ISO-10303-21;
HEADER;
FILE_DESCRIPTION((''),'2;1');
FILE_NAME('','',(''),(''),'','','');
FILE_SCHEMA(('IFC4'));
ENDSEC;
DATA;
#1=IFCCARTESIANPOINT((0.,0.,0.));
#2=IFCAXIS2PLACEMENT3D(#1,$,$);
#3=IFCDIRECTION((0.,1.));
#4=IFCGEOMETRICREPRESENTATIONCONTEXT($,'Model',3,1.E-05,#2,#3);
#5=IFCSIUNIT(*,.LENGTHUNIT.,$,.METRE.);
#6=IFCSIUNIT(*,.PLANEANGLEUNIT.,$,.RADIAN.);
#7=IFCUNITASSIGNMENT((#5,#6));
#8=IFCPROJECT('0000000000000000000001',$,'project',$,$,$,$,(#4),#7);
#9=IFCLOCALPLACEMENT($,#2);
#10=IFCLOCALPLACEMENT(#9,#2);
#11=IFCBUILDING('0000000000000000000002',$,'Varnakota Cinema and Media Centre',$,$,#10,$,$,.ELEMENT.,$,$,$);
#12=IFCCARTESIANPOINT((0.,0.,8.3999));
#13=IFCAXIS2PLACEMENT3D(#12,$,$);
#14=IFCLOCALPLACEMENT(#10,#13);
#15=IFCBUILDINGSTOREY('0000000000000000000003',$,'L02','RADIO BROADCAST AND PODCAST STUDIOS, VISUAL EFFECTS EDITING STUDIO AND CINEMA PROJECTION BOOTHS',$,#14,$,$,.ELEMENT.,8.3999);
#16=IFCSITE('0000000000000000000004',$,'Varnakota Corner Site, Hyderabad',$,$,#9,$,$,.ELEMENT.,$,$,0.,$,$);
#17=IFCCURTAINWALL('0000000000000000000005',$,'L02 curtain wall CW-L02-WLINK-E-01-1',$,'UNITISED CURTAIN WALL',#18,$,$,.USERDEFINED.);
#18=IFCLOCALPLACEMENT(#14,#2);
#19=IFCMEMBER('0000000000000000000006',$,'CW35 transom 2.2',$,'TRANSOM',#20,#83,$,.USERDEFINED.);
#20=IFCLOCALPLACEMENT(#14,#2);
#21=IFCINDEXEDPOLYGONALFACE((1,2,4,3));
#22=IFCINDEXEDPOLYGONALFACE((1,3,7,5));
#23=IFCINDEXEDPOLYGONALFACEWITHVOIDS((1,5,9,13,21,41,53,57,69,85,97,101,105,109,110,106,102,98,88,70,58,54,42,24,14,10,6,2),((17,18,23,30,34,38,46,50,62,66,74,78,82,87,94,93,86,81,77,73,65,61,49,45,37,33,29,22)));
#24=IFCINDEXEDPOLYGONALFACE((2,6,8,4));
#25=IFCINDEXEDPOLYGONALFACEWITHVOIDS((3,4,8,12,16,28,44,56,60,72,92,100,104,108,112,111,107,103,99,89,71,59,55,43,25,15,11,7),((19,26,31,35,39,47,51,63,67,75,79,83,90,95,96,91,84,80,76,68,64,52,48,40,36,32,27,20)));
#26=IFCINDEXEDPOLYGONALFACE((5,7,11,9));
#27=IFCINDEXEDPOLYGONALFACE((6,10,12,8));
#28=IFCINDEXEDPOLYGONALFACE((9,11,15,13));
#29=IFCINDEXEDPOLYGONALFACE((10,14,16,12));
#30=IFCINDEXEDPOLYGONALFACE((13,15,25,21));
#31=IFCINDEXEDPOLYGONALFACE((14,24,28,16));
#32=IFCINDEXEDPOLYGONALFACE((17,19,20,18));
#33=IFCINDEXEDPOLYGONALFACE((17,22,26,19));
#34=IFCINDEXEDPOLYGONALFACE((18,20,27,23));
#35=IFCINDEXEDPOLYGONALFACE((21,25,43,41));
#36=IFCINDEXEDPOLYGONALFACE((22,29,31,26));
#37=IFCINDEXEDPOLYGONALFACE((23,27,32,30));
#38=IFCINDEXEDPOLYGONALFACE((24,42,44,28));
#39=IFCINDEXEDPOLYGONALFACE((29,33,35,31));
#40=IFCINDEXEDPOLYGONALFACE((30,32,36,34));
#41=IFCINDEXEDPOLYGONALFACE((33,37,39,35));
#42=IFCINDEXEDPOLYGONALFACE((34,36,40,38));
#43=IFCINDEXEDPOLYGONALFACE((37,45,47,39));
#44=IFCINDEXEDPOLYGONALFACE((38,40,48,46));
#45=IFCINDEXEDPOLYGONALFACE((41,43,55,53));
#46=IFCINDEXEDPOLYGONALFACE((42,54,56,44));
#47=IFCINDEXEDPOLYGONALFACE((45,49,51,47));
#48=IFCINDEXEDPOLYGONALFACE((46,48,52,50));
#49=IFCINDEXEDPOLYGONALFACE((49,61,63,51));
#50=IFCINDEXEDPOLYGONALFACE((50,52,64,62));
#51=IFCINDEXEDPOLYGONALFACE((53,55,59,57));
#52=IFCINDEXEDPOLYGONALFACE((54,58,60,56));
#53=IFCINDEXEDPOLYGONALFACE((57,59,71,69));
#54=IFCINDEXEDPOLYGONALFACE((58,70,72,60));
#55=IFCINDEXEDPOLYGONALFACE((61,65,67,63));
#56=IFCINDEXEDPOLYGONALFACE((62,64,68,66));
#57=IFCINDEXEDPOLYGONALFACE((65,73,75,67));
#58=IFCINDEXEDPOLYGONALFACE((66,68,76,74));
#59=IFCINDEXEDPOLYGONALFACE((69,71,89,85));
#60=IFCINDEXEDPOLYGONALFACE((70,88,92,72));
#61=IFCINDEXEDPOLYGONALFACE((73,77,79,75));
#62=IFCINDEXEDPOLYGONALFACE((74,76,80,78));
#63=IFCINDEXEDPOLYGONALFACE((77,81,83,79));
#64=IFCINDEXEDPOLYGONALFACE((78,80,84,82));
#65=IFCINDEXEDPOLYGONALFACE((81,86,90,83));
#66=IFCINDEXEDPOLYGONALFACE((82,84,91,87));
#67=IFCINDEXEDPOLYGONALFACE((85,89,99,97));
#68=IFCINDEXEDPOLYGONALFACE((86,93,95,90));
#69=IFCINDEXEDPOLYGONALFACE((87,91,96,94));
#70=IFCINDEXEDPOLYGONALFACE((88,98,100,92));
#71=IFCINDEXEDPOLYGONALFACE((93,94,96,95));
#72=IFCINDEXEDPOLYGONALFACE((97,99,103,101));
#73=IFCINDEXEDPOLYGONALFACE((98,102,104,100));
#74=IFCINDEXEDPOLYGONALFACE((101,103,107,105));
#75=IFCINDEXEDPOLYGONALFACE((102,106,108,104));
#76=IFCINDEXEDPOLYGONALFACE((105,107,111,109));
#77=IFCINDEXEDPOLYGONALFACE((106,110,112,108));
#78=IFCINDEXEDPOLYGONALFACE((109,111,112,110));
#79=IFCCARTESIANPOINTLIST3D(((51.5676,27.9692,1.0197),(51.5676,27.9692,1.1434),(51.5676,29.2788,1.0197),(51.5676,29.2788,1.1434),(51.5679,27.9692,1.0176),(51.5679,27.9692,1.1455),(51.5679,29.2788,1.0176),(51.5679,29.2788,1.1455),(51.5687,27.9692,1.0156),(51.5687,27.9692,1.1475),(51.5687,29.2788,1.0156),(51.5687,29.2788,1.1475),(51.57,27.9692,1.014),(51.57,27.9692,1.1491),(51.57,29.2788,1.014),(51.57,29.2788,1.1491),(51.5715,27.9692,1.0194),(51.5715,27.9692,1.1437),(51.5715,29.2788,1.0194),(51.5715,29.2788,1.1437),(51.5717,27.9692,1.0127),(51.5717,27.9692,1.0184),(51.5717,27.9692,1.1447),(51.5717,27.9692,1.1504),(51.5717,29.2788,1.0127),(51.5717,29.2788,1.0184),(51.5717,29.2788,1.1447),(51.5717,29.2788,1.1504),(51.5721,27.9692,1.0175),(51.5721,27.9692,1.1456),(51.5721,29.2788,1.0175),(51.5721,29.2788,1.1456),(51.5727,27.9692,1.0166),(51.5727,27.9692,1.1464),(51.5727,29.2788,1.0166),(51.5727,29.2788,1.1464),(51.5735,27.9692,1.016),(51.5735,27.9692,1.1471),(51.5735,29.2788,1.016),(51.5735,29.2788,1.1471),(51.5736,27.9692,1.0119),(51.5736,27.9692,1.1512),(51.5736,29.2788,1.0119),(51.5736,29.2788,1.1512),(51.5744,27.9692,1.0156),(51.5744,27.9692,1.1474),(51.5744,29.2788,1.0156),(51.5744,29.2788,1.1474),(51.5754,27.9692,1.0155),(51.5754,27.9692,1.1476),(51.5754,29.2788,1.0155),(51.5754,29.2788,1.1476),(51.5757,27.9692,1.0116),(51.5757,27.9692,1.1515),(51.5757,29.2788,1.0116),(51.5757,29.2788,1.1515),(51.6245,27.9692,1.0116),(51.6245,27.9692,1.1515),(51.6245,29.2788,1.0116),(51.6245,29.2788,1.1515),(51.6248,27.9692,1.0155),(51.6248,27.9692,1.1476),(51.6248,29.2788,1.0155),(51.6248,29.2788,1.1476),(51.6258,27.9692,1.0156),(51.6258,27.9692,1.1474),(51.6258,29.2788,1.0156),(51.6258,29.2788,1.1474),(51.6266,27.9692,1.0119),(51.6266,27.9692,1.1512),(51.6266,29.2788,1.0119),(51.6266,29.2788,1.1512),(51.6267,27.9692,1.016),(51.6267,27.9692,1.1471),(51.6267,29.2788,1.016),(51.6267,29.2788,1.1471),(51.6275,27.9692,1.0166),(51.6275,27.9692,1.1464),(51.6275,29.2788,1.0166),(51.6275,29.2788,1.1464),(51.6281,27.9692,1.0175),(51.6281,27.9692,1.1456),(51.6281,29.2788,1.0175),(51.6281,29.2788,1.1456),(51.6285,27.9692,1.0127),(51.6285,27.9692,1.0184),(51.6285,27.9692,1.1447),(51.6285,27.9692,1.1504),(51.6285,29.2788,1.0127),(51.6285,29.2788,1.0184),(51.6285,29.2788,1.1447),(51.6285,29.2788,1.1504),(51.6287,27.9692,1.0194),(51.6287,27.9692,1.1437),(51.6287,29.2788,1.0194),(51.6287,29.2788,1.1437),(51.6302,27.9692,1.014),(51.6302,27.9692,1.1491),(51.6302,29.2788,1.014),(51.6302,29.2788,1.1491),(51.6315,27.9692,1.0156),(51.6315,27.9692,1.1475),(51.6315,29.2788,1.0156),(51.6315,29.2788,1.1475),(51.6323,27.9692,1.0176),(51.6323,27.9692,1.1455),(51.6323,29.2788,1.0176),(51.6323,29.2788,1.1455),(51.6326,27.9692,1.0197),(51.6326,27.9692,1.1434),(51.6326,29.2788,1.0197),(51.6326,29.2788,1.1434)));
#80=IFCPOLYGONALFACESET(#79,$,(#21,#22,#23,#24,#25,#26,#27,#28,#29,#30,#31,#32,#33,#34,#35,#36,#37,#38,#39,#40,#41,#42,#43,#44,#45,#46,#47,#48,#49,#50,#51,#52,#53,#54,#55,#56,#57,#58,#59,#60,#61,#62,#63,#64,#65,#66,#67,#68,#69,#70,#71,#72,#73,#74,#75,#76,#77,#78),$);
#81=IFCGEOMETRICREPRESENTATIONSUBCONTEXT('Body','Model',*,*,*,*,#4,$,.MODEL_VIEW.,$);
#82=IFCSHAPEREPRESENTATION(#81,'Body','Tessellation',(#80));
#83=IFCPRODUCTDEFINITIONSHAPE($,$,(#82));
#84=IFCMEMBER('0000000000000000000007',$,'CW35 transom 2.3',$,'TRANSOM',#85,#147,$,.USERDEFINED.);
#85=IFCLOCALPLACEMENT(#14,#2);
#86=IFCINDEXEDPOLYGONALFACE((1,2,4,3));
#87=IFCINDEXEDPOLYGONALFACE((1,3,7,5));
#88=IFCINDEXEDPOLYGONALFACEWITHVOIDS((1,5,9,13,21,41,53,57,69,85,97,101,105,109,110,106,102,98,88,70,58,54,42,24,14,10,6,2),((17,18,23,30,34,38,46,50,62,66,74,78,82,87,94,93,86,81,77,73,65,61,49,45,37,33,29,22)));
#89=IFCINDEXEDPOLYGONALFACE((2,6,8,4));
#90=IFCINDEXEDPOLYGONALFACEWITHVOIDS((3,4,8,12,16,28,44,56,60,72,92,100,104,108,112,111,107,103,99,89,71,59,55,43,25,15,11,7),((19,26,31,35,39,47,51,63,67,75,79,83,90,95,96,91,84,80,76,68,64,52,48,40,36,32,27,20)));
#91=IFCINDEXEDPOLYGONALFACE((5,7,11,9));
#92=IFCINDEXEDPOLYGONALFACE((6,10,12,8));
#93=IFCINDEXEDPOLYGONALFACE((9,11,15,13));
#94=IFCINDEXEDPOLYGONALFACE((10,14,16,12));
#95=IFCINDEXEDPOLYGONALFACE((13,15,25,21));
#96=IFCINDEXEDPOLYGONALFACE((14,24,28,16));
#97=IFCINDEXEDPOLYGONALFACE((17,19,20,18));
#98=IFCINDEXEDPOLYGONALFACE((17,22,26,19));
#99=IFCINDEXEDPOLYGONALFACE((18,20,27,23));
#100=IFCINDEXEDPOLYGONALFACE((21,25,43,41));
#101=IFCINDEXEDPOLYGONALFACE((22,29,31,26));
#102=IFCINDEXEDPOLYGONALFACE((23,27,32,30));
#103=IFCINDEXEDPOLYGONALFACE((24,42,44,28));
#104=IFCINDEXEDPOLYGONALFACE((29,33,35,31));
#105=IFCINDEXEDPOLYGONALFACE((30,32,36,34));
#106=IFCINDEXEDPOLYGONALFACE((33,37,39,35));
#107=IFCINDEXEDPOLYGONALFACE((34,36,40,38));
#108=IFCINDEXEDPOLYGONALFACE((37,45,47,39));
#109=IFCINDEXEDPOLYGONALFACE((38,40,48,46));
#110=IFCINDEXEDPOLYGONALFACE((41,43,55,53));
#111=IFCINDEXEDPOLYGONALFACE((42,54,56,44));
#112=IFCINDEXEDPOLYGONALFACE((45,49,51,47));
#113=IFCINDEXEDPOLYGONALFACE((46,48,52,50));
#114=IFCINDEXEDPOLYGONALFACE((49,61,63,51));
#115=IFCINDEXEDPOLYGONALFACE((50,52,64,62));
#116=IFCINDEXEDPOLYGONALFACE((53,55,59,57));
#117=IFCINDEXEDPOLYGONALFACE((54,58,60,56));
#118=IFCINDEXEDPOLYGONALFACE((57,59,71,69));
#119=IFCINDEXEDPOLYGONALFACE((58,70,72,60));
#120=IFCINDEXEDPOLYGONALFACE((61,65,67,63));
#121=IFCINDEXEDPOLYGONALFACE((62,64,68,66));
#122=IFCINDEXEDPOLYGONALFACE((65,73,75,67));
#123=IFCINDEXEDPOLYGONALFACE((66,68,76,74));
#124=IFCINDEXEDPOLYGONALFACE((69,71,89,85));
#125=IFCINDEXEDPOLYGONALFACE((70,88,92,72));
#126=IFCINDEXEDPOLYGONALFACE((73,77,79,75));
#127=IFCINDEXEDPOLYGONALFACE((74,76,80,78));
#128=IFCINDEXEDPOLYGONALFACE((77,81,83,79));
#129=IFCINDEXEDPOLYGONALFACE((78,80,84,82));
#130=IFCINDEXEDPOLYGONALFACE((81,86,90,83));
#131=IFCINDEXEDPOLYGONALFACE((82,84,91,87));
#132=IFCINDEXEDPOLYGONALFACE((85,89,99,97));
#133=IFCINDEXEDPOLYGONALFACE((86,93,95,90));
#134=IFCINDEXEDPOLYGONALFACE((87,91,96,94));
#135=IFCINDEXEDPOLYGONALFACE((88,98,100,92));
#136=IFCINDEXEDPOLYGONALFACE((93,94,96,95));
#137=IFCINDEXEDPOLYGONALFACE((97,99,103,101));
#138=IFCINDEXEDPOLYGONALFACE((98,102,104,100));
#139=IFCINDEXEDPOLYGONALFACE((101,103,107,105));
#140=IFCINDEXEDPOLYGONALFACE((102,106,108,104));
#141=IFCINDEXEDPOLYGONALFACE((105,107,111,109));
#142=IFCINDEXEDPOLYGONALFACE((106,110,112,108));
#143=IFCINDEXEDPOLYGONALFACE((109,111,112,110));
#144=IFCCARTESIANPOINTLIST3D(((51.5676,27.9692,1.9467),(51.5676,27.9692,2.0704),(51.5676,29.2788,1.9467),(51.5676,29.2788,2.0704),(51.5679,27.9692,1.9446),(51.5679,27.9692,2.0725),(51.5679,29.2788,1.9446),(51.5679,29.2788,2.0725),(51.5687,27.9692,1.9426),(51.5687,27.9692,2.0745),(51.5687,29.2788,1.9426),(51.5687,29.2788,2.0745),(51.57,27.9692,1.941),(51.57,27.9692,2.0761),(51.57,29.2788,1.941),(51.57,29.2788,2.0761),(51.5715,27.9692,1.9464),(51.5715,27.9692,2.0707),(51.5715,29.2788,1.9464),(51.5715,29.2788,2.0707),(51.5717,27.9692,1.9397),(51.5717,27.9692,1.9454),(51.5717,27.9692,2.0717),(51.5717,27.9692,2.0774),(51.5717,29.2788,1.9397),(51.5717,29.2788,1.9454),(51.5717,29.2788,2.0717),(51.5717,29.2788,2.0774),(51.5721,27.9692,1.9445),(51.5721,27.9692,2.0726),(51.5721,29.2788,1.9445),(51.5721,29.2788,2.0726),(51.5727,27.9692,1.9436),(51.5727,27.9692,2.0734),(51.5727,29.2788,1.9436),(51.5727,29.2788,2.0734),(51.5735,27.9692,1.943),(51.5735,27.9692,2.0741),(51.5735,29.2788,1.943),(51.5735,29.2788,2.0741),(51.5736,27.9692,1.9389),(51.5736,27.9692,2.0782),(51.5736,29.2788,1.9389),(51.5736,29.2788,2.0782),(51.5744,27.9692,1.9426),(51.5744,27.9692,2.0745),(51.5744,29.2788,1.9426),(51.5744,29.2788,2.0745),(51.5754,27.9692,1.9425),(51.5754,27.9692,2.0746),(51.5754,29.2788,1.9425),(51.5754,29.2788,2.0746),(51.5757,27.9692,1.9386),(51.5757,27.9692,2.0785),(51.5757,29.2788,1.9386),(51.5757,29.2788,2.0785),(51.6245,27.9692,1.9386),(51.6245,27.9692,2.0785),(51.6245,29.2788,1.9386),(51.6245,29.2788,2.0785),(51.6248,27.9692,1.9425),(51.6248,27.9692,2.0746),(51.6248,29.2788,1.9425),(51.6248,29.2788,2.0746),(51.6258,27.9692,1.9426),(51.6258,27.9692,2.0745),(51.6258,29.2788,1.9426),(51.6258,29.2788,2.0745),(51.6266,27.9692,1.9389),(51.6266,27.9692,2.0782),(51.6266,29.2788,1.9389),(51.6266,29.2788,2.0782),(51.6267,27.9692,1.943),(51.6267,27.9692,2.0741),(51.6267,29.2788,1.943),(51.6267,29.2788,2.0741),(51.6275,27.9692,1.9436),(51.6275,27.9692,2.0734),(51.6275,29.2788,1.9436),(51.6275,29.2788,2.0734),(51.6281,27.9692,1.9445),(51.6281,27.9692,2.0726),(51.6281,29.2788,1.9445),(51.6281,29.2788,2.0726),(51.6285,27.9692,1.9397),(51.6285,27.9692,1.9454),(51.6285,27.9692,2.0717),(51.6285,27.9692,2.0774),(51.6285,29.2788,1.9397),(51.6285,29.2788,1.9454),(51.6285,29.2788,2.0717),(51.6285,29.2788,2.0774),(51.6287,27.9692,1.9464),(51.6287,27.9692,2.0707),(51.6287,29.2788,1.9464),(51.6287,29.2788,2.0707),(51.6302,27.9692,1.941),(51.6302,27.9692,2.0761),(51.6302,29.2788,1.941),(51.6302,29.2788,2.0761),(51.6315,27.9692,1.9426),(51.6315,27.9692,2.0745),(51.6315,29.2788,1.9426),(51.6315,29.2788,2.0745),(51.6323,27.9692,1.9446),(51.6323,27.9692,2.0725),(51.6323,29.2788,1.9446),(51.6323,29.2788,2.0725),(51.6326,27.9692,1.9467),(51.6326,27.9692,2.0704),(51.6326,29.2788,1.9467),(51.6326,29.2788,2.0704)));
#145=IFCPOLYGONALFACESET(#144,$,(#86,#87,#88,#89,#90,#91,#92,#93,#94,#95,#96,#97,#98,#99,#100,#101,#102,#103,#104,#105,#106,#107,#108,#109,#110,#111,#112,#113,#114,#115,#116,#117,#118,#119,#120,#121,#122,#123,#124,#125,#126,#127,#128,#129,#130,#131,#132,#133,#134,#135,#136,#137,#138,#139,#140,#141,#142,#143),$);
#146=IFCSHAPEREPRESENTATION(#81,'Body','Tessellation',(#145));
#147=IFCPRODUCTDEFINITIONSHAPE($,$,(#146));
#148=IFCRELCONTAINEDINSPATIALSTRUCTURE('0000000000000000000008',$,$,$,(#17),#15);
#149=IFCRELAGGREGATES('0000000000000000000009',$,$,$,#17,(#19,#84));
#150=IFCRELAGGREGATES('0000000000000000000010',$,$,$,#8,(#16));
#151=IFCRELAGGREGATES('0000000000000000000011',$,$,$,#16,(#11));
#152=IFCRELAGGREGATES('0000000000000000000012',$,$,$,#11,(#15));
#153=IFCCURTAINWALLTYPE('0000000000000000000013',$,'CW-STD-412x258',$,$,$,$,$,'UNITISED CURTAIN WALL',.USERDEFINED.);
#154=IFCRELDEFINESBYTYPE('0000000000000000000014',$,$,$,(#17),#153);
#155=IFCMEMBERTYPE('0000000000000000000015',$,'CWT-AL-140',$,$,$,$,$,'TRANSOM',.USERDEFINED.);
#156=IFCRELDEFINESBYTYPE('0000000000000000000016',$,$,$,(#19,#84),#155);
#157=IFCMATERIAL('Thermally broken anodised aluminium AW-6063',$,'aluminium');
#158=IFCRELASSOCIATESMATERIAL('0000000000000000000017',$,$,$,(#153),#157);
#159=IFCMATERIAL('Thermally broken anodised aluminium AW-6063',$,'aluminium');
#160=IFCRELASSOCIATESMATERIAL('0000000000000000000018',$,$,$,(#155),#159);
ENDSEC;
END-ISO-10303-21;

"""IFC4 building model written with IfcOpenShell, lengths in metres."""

from ifc_helpers import new_model, si_unit, direction, frame, origin, origin_2d, place, context, subcontext, project, spatial, hollow_rectangle, extrude, material, material_profile, profile_set, type_object, element, aggregate, save


model = new_model("IFC4")

# Units and contexts
model_context = context("Model", 3, precision=1e-05, world=origin(), true_north=direction((0.0, 1.0)))
body_context = subcontext(model_context, "Body", "Model", "MODEL_VIEW")
ifc_project = project(units=[si_unit("LENGTHUNIT", "METRE"), si_unit("PLANEANGLEUNIT", "RADIAN")], contexts=[model_context])

# Site, building, storey
site_placement = place(None, origin())
site = spatial("IfcSite", under=ifc_project, at=site_placement, Name="Varnakota Corner Site, Hyderabad", CompositionType="ELEMENT", RefElevation=0.0)
building_placement = place(site_placement, origin())
building = spatial("IfcBuilding", under=site, at=building_placement, Name="Varnakota Cinema and Media Centre", CompositionType="ELEMENT")
storey_placement = place(building_placement, frame((0.0, 0.0, 8.3999)))
storey = spatial("IfcBuildingStorey", under=building, at=storey_placement, Name="L02", Description="RADIO BROADCAST AND PODCAST STUDIOS, VISUAL EFFECTS EDITING STUDIO AND CINEMA PROJECTION BOOTHS", CompositionType="ELEMENT", Elevation=8.3999)

# Curtain wall, members
ifc_material_1 = material(Name="Thermally broken anodised aluminium AW-6063", Category="aluminium")
curtain_wall_type = type_object("IfcCurtainWallType", Name="CW-STD-412x258", ElementType="UNITISED CURTAIN WALL", PredefinedType="USERDEFINED", material=ifc_material_1)
curtain_wall_placement = place(storey_placement, origin())
curtain_wall = element("IfcCurtainWall", 1, at=curtain_wall_placement, inside=storey, type_object=curtain_wall_type, Name="L02 curtain wall CW-L02-WLINK-E-01-1", ObjectType="UNITISED CURTAIN WALL", PredefinedType="USERDEFINED")
ifc_material_2 = material(Name="Thermally broken anodised aluminium AW-6063", Category="aluminium")
ifc_material_profile_1 = material_profile(ifc_material_2, hollow_rectangle(XDim=0.0649, YDim=0.1399, WallThickness=0.0039, InnerFilletRadius=0.0039, OuterFilletRadius=0.0081, at=origin_2d()), Name="AL-TRANSOM 140x65x4")
ifc_profile_set_1 = profile_set([ifc_material_profile_1], Name="Thermally broken anodised aluminium AW-6063")
member_type_1 = type_object("IfcMemberType", Name="CWT-AL-140", ElementType="TRANSOM", PredefinedType="USERDEFINED", material=ifc_profile_set_1)
member_1_placement = place(storey_placement, frame((51.6001, 27.9692, 1.0815), z_axis=(0.0, 1.0, 0.0), x_axis=(-1.0, 0.0, 0.0)))
member_1 = element("IfcMember", 2, at=member_1_placement, type_object=member_type_1, Name="CW35 transom 2.2", ObjectType="TRANSOM", PredefinedType="USERDEFINED", context=body_context, shape_type="SweptSolid", body=[
    extrude(hollow_rectangle(XDim=0.0649, YDim=0.1399, WallThickness=0.0039, InnerFilletRadius=0.0039, OuterFilletRadius=0.0081, at=origin_2d()), origin(), (0.0, 0.0, 1.0), 1.3096),
])
member_2_placement = place(storey_placement, frame((51.6001, 27.9692, 2.0085), z_axis=(0.0, 1.0, 0.0), x_axis=(-1.0, 0.0, 0.0)))
member_2 = element("IfcMember", 3, at=member_2_placement, type_object=member_type_1, Name="CW35 transom 2.3", ObjectType="TRANSOM", PredefinedType="USERDEFINED", context=body_context, shape_type="SweptSolid", body=[
    extrude(hollow_rectangle(XDim=0.0649, YDim=0.1399, WallThickness=0.0039, InnerFilletRadius=0.0039, OuterFilletRadius=0.0081, at=origin_2d()), origin(), (0.0, 0.0, 1.0), 1.3096),
])
aggregate(curtain_wall, [member_1, member_2])

save(model, "model.ifc")
